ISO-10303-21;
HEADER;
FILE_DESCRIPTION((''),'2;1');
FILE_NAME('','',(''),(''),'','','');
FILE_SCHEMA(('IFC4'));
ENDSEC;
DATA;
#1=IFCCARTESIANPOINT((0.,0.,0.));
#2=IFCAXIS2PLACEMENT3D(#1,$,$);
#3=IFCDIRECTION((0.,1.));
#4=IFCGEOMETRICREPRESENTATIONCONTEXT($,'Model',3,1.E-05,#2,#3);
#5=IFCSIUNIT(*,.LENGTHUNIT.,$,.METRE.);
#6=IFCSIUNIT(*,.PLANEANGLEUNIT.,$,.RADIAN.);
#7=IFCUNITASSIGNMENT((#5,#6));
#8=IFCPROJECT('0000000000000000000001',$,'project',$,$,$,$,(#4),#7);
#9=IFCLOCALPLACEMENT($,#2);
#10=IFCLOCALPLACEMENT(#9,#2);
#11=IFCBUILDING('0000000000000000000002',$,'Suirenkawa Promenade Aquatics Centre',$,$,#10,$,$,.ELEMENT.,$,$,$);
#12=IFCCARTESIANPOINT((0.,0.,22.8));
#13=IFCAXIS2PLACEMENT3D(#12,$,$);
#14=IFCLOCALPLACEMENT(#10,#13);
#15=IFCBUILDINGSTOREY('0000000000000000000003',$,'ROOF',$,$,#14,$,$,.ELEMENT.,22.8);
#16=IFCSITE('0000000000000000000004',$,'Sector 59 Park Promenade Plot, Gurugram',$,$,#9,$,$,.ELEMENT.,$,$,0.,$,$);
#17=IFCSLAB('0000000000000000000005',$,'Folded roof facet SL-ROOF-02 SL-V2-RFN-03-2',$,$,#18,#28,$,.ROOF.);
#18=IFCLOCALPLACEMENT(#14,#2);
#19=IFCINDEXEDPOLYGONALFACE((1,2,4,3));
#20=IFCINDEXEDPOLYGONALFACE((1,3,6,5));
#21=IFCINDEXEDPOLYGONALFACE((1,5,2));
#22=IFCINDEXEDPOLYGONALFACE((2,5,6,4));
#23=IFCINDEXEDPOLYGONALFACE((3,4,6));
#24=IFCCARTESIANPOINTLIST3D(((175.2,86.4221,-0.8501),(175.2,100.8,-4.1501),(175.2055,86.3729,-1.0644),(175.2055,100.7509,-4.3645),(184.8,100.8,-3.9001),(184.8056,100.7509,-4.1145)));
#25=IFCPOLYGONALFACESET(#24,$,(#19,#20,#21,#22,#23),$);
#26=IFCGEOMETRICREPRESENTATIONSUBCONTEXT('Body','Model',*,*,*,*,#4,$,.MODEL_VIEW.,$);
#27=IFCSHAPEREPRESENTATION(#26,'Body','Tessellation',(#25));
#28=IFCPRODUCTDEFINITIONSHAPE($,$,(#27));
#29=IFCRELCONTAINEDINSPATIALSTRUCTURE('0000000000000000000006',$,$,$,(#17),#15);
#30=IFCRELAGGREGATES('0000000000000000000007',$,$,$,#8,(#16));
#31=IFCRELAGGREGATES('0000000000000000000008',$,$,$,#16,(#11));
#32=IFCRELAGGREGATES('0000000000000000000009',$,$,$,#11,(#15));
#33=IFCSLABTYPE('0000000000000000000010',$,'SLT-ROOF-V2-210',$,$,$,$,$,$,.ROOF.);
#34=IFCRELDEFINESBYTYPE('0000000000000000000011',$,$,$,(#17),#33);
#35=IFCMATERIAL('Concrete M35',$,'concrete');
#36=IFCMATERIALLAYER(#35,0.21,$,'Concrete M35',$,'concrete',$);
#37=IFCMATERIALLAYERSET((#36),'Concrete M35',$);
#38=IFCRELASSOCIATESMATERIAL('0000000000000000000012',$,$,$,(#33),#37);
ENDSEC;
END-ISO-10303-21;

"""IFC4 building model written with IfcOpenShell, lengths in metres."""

from ifc_helpers import new_model, si_unit, direction, frame, origin, place, context, subcontext, project, spatial, polyline, outline, extrude, material, layer, layer_set, type_object, element, save


model = new_model("IFC4")

# Units and contexts
model_context = context("Model", 3, precision=1e-05, world=origin(), true_north=direction((0.0, 1.0)))
body_context = subcontext(model_context, "Body", "Model", "MODEL_VIEW")
ifc_project = project(units=[si_unit("LENGTHUNIT", "METRE"), si_unit("PLANEANGLEUNIT", "RADIAN")], contexts=[model_context])

# Site, building, storey
site_placement = place(None, origin())
site = spatial("IfcSite", under=ifc_project, at=site_placement, Name="Sector 59 Park Promenade Plot, Gurugram", CompositionType="ELEMENT", RefElevation=0.0)
building_placement = place(site_placement, origin())
building = spatial("IfcBuilding", under=site, at=building_placement, Name="Suirenkawa Promenade Aquatics Centre", CompositionType="ELEMENT")
storey_placement = place(building_placement, frame((0.0, 0.0, 22.8)))
storey = spatial("IfcBuildingStorey", under=building, at=storey_placement, Name="ROOF", CompositionType="ELEMENT", Elevation=22.8)

# Slab
ifc_material_1 = material(Name="Concrete M35", Category="concrete")
ifc_layer_1 = layer(ifc_material_1, 0.21, Name="Concrete M35", Category="concrete")
ifc_layer_set_1 = layer_set([ifc_layer_1], Name="Concrete M35")
slab_type = type_object("IfcSlabType", Name="SLT-ROOF-V2-210", PredefinedType="ROOF", material=ifc_layer_set_1)
slab_1_placement = place(storey_placement, frame((175.2, 86.4221, -0.8501), z_axis=(-0.025373, 0.223633, 0.974343), x_axis=(0.546848, 0.819007, -0.173739)))
element("IfcSlab", 1, at=slab_1_placement, inside=storey, type_object=slab_type, Name="Folded roof facet SL-ROOF-02 SL-V2-RFN-03-2", PredefinedType="ROOF", context=body_context, shape_type="SweptSolid", body=[
    extrude(outline(polyline([(0.0, 0.0), (17.5553, 0.0), (12.349, 8.0696), (0.0, 0.0)])), origin(), (0.0, 0.0, -1.0), 0.22),
])

save(model, "model.ifc")
